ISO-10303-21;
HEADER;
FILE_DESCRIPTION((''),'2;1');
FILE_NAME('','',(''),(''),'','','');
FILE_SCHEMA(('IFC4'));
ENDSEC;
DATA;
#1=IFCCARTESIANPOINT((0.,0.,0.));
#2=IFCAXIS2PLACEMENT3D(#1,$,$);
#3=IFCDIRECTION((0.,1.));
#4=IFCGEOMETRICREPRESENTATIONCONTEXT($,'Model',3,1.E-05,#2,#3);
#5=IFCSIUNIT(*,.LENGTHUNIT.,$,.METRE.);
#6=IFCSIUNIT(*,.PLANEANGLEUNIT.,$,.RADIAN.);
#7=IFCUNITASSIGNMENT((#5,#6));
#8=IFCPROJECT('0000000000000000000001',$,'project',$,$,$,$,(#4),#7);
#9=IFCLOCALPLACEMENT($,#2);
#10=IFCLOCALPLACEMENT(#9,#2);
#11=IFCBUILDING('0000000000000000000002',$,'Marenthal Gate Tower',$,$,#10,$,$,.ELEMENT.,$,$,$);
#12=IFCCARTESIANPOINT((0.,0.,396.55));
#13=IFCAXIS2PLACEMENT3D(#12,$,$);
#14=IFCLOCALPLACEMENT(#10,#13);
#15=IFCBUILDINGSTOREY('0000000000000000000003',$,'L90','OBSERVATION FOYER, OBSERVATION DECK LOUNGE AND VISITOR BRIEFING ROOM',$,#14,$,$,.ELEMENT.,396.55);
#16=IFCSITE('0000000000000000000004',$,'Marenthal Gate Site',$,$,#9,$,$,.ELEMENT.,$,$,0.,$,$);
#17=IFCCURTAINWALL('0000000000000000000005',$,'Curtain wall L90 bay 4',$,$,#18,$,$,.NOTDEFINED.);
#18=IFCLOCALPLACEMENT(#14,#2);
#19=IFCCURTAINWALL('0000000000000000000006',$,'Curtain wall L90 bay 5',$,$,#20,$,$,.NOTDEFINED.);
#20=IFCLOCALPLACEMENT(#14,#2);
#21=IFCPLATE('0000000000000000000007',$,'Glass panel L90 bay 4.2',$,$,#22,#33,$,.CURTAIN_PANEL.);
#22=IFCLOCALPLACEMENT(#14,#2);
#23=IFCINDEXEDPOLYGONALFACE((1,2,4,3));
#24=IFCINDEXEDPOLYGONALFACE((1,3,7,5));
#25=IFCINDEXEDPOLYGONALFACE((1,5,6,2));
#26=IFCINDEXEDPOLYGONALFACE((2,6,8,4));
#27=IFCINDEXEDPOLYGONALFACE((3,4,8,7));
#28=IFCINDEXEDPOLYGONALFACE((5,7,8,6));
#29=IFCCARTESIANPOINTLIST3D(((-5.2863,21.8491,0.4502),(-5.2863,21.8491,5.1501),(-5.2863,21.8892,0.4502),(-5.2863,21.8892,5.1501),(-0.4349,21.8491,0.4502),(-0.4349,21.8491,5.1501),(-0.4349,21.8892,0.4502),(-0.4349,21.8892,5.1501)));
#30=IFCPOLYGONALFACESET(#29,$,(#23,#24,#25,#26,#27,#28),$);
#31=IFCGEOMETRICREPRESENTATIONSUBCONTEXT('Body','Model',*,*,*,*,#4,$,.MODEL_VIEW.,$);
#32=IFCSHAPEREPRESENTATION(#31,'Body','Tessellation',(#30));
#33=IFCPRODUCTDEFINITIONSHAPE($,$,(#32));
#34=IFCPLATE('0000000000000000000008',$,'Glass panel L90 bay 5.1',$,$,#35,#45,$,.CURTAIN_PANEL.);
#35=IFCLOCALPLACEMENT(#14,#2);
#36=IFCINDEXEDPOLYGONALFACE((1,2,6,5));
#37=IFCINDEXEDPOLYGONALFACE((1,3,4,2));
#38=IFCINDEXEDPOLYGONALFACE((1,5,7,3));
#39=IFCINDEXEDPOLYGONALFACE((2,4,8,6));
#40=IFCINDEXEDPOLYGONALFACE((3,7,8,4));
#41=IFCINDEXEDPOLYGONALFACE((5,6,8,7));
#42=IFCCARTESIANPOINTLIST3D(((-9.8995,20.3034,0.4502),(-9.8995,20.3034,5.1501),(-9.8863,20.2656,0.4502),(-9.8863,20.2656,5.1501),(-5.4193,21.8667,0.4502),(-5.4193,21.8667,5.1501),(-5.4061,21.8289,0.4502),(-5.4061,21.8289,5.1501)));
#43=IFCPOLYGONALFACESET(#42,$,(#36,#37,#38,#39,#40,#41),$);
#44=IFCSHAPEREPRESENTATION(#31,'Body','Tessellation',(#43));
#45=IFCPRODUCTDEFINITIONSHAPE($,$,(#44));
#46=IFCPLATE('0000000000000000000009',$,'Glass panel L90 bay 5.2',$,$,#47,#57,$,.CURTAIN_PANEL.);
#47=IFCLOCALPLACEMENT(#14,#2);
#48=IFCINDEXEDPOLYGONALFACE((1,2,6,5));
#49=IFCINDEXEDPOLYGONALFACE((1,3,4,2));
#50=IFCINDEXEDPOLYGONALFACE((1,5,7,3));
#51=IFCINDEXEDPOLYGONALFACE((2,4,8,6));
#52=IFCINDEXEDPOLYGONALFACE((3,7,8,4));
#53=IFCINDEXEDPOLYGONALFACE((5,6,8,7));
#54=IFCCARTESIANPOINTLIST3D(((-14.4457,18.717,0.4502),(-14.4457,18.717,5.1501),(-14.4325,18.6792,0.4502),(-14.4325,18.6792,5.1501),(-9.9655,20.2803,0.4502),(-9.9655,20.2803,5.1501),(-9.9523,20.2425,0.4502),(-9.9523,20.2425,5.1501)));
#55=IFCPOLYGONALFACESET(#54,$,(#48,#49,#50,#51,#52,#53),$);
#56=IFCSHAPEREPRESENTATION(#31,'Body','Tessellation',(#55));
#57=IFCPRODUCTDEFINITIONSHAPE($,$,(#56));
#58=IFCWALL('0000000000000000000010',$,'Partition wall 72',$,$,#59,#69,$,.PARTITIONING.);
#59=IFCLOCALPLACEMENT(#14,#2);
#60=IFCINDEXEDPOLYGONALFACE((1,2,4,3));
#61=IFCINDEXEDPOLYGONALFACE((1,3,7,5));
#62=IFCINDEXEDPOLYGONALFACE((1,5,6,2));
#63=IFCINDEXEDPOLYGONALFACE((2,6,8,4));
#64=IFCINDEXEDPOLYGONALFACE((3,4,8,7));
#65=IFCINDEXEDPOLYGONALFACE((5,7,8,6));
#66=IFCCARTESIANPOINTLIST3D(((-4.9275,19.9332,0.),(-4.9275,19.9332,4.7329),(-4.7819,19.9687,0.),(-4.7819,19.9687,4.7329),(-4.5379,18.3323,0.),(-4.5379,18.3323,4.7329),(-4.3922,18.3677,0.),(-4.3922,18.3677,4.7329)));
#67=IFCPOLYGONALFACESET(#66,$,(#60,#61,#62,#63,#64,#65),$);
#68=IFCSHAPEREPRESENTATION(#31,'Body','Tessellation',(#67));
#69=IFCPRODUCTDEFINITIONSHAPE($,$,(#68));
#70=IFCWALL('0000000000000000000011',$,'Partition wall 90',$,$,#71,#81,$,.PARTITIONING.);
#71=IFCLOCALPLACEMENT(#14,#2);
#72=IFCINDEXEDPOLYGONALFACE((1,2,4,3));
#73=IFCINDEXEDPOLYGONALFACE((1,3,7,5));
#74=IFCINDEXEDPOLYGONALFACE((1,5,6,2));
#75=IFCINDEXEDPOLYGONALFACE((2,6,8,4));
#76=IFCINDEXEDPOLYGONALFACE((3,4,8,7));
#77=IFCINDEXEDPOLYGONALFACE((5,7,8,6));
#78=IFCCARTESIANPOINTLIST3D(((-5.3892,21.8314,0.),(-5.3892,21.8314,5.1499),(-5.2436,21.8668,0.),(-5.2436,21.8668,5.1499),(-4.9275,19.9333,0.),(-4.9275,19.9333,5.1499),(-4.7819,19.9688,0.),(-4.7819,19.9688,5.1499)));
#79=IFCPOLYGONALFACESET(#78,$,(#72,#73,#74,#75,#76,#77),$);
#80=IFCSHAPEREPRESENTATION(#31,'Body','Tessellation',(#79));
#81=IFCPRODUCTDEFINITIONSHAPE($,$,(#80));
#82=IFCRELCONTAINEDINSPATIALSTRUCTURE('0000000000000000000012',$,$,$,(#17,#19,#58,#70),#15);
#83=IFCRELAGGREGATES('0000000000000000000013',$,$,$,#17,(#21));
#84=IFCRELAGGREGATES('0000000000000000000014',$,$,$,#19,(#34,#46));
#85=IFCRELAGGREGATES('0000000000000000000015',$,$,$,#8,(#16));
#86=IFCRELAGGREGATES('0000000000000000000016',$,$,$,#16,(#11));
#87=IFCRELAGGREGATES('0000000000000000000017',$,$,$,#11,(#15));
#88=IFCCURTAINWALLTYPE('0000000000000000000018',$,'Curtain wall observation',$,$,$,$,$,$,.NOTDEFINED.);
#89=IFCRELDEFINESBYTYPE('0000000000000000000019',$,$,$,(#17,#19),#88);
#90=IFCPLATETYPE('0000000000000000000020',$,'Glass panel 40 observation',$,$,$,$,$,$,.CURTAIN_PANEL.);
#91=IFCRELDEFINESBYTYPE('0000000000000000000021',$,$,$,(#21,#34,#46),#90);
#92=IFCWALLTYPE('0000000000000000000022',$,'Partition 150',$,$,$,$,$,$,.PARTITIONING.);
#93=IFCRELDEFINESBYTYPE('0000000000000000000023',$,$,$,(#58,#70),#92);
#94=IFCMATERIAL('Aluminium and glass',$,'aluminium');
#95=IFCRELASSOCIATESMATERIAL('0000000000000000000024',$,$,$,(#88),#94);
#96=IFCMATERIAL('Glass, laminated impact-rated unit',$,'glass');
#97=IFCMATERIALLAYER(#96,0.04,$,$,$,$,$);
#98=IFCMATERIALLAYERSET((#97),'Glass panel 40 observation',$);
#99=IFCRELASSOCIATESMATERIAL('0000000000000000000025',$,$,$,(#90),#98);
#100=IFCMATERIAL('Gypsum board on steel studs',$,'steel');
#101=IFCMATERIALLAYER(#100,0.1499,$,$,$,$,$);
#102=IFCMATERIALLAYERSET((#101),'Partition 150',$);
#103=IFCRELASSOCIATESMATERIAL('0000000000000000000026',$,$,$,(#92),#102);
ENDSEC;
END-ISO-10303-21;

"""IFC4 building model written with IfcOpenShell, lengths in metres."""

from ifc_helpers import new_model, si_unit, direction, frame, frame_2d, origin, origin_2d, place, context, subcontext, project, spatial, rectangle, extrude, material, layer, layer_set, type_object, element, aggregate, save


model = new_model("IFC4")

# Units and contexts
model_context = context("Model", 3, precision=1e-05, world=origin(), true_north=direction((0.0, 1.0)))
body_context = subcontext(model_context, "Body", "Model", "MODEL_VIEW")
ifc_project = project(units=[si_unit("LENGTHUNIT", "METRE"), si_unit("PLANEANGLEUNIT", "RADIAN")], contexts=[model_context])

# Site, building, storey
site_placement = place(None, origin())
site = spatial("IfcSite", under=ifc_project, at=site_placement, Name="Marenthal Gate Site", CompositionType="ELEMENT", RefElevation=0.0)
building_placement = place(site_placement, origin())
building = spatial("IfcBuilding", under=site, at=building_placement, Name="Marenthal Gate Tower", CompositionType="ELEMENT")
storey_placement = place(building_placement, frame((0.0, 0.0, 396.55)))
storey = spatial("IfcBuildingStorey", under=building, at=storey_placement, Name="L90", Description="OBSERVATION FOYER, OBSERVATION DECK LOUNGE AND VISITOR BRIEFING ROOM", CompositionType="ELEMENT", Elevation=396.55)

# Curtain walls
ifc_material_1 = material(Name="Aluminium and glass", Category="aluminium")
curtain_wall_type = type_object("IfcCurtainWallType", Name="Curtain wall observation", PredefinedType="NOTDEFINED", material=ifc_material_1)
curtain_wall_1_placement = place(storey_placement, origin())
curtain_wall_1 = element("IfcCurtainWall", 1, at=curtain_wall_1_placement, inside=storey, type_object=curtain_wall_type, Name="Curtain wall L90 bay 4", PredefinedType="NOTDEFINED")
curtain_wall_2_placement = place(storey_placement, origin())
curtain_wall_2 = element("IfcCurtainWall", 2, at=curtain_wall_2_placement, inside=storey, type_object=curtain_wall_type, Name="Curtain wall L90 bay 5", PredefinedType="NOTDEFINED")

# Plates
ifc_material_2 = material(Name="Glass, laminated impact-rated unit", Category="glass")
ifc_layer_1 = layer(ifc_material_2, 0.04)
ifc_layer_set_1 = layer_set([ifc_layer_1], Name="Glass panel 40 observation")
plate_type = type_object("IfcPlateType", Name="Glass panel 40 observation", PredefinedType="CURTAIN_PANEL", material=ifc_layer_set_1)
plate_1_placement = place(storey_placement, frame((-2.8606, 21.8691, 0.4502), z_axis=(0.0, 0.0, 1.0), x_axis=(-1.0, 0.0, 0.0)))
plate_1 = element("IfcPlate", 3, at=plate_1_placement, type_object=plate_type, Name="Glass panel L90 bay 4.2", PredefinedType="CURTAIN_PANEL", context=body_context, shape_type="SweptSolid", body=[
    extrude(rectangle(XDim=4.8513, YDim=0.04, at=origin_2d()), origin(), (0.0, 0.0, 1.0), 4.7),
])
aggregate(curtain_wall_1, [plate_1])
plate_2_placement = place(storey_placement, frame((-7.6528, 21.0662, 0.4502), z_axis=(0.0, 0.0, 1.0), x_axis=(-0.944172, -0.329454, 0.0)))
plate_2 = element("IfcPlate", 4, at=plate_2_placement, type_object=plate_type, Name="Glass panel L90 bay 5.1", PredefinedType="CURTAIN_PANEL", context=body_context, shape_type="SweptSolid", body=[
    extrude(rectangle(XDim=4.7451, YDim=0.04, at=origin_2d()), origin(), (0.0, 0.0, 1.0), 4.7),
])
plate_3_placement = place(storey_placement, frame((-12.199, 19.4797, 0.4502), z_axis=(0.0, 0.0, 1.0), x_axis=(-0.944172, -0.329454, 0.0)))
plate_3 = element("IfcPlate", 5, at=plate_3_placement, type_object=plate_type, Name="Glass panel L90 bay 5.2", PredefinedType="CURTAIN_PANEL", context=body_context, shape_type="SweptSolid", body=[
    extrude(rectangle(XDim=4.7451, YDim=0.04, at=origin_2d()), origin(), (0.0, 0.0, 1.0), 4.7),
])
aggregate(curtain_wall_2, [plate_2, plate_3])

# Walls
ifc_material_3 = material(Name="Gypsum board on steel studs", Category="steel")
ifc_layer_2 = layer(ifc_material_3, 0.1499)
ifc_layer_set_2 = layer_set([ifc_layer_2], Name="Partition 150")
wall_type = type_object("IfcWallType", Name="Partition 150", PredefinedType="PARTITIONING", material=ifc_layer_set_2)
wall_1_placement = place(storey_placement, frame((-4.4651, 18.3501, 0.0), z_axis=(0.0, 0.0, 1.0), x_axis=(-0.236465, 0.97164, 0.0)))
element("IfcWall", 6, at=wall_1_placement, inside=storey, type_object=wall_type, Name="Partition wall 72", PredefinedType="PARTITIONING", context=body_context, shape_type="SweptSolid", body=[
    extrude(rectangle(XDim=1.6477, YDim=0.1499, at=frame_2d((0.8237, 0.0))), origin(), (0.0, 0.0, 1.0), 4.7329),
])
wall_2_placement = place(storey_placement, frame((-4.8547, 19.9512, 0.0), z_axis=(0.0, 0.0, 1.0), x_axis=(-0.236355, 0.971667, 0.0)))
element("IfcWall", 7, at=wall_2_placement, inside=storey, type_object=wall_type, Name="Partition wall 90", PredefinedType="PARTITIONING", context=body_context, shape_type="SweptSolid", body=[
    extrude(rectangle(XDim=1.9534, YDim=0.1499, at=frame_2d((0.9766, 0.0))), origin(), (0.0, 0.0, 1.0), 5.1499),
])

save(model, "model.ifc")
